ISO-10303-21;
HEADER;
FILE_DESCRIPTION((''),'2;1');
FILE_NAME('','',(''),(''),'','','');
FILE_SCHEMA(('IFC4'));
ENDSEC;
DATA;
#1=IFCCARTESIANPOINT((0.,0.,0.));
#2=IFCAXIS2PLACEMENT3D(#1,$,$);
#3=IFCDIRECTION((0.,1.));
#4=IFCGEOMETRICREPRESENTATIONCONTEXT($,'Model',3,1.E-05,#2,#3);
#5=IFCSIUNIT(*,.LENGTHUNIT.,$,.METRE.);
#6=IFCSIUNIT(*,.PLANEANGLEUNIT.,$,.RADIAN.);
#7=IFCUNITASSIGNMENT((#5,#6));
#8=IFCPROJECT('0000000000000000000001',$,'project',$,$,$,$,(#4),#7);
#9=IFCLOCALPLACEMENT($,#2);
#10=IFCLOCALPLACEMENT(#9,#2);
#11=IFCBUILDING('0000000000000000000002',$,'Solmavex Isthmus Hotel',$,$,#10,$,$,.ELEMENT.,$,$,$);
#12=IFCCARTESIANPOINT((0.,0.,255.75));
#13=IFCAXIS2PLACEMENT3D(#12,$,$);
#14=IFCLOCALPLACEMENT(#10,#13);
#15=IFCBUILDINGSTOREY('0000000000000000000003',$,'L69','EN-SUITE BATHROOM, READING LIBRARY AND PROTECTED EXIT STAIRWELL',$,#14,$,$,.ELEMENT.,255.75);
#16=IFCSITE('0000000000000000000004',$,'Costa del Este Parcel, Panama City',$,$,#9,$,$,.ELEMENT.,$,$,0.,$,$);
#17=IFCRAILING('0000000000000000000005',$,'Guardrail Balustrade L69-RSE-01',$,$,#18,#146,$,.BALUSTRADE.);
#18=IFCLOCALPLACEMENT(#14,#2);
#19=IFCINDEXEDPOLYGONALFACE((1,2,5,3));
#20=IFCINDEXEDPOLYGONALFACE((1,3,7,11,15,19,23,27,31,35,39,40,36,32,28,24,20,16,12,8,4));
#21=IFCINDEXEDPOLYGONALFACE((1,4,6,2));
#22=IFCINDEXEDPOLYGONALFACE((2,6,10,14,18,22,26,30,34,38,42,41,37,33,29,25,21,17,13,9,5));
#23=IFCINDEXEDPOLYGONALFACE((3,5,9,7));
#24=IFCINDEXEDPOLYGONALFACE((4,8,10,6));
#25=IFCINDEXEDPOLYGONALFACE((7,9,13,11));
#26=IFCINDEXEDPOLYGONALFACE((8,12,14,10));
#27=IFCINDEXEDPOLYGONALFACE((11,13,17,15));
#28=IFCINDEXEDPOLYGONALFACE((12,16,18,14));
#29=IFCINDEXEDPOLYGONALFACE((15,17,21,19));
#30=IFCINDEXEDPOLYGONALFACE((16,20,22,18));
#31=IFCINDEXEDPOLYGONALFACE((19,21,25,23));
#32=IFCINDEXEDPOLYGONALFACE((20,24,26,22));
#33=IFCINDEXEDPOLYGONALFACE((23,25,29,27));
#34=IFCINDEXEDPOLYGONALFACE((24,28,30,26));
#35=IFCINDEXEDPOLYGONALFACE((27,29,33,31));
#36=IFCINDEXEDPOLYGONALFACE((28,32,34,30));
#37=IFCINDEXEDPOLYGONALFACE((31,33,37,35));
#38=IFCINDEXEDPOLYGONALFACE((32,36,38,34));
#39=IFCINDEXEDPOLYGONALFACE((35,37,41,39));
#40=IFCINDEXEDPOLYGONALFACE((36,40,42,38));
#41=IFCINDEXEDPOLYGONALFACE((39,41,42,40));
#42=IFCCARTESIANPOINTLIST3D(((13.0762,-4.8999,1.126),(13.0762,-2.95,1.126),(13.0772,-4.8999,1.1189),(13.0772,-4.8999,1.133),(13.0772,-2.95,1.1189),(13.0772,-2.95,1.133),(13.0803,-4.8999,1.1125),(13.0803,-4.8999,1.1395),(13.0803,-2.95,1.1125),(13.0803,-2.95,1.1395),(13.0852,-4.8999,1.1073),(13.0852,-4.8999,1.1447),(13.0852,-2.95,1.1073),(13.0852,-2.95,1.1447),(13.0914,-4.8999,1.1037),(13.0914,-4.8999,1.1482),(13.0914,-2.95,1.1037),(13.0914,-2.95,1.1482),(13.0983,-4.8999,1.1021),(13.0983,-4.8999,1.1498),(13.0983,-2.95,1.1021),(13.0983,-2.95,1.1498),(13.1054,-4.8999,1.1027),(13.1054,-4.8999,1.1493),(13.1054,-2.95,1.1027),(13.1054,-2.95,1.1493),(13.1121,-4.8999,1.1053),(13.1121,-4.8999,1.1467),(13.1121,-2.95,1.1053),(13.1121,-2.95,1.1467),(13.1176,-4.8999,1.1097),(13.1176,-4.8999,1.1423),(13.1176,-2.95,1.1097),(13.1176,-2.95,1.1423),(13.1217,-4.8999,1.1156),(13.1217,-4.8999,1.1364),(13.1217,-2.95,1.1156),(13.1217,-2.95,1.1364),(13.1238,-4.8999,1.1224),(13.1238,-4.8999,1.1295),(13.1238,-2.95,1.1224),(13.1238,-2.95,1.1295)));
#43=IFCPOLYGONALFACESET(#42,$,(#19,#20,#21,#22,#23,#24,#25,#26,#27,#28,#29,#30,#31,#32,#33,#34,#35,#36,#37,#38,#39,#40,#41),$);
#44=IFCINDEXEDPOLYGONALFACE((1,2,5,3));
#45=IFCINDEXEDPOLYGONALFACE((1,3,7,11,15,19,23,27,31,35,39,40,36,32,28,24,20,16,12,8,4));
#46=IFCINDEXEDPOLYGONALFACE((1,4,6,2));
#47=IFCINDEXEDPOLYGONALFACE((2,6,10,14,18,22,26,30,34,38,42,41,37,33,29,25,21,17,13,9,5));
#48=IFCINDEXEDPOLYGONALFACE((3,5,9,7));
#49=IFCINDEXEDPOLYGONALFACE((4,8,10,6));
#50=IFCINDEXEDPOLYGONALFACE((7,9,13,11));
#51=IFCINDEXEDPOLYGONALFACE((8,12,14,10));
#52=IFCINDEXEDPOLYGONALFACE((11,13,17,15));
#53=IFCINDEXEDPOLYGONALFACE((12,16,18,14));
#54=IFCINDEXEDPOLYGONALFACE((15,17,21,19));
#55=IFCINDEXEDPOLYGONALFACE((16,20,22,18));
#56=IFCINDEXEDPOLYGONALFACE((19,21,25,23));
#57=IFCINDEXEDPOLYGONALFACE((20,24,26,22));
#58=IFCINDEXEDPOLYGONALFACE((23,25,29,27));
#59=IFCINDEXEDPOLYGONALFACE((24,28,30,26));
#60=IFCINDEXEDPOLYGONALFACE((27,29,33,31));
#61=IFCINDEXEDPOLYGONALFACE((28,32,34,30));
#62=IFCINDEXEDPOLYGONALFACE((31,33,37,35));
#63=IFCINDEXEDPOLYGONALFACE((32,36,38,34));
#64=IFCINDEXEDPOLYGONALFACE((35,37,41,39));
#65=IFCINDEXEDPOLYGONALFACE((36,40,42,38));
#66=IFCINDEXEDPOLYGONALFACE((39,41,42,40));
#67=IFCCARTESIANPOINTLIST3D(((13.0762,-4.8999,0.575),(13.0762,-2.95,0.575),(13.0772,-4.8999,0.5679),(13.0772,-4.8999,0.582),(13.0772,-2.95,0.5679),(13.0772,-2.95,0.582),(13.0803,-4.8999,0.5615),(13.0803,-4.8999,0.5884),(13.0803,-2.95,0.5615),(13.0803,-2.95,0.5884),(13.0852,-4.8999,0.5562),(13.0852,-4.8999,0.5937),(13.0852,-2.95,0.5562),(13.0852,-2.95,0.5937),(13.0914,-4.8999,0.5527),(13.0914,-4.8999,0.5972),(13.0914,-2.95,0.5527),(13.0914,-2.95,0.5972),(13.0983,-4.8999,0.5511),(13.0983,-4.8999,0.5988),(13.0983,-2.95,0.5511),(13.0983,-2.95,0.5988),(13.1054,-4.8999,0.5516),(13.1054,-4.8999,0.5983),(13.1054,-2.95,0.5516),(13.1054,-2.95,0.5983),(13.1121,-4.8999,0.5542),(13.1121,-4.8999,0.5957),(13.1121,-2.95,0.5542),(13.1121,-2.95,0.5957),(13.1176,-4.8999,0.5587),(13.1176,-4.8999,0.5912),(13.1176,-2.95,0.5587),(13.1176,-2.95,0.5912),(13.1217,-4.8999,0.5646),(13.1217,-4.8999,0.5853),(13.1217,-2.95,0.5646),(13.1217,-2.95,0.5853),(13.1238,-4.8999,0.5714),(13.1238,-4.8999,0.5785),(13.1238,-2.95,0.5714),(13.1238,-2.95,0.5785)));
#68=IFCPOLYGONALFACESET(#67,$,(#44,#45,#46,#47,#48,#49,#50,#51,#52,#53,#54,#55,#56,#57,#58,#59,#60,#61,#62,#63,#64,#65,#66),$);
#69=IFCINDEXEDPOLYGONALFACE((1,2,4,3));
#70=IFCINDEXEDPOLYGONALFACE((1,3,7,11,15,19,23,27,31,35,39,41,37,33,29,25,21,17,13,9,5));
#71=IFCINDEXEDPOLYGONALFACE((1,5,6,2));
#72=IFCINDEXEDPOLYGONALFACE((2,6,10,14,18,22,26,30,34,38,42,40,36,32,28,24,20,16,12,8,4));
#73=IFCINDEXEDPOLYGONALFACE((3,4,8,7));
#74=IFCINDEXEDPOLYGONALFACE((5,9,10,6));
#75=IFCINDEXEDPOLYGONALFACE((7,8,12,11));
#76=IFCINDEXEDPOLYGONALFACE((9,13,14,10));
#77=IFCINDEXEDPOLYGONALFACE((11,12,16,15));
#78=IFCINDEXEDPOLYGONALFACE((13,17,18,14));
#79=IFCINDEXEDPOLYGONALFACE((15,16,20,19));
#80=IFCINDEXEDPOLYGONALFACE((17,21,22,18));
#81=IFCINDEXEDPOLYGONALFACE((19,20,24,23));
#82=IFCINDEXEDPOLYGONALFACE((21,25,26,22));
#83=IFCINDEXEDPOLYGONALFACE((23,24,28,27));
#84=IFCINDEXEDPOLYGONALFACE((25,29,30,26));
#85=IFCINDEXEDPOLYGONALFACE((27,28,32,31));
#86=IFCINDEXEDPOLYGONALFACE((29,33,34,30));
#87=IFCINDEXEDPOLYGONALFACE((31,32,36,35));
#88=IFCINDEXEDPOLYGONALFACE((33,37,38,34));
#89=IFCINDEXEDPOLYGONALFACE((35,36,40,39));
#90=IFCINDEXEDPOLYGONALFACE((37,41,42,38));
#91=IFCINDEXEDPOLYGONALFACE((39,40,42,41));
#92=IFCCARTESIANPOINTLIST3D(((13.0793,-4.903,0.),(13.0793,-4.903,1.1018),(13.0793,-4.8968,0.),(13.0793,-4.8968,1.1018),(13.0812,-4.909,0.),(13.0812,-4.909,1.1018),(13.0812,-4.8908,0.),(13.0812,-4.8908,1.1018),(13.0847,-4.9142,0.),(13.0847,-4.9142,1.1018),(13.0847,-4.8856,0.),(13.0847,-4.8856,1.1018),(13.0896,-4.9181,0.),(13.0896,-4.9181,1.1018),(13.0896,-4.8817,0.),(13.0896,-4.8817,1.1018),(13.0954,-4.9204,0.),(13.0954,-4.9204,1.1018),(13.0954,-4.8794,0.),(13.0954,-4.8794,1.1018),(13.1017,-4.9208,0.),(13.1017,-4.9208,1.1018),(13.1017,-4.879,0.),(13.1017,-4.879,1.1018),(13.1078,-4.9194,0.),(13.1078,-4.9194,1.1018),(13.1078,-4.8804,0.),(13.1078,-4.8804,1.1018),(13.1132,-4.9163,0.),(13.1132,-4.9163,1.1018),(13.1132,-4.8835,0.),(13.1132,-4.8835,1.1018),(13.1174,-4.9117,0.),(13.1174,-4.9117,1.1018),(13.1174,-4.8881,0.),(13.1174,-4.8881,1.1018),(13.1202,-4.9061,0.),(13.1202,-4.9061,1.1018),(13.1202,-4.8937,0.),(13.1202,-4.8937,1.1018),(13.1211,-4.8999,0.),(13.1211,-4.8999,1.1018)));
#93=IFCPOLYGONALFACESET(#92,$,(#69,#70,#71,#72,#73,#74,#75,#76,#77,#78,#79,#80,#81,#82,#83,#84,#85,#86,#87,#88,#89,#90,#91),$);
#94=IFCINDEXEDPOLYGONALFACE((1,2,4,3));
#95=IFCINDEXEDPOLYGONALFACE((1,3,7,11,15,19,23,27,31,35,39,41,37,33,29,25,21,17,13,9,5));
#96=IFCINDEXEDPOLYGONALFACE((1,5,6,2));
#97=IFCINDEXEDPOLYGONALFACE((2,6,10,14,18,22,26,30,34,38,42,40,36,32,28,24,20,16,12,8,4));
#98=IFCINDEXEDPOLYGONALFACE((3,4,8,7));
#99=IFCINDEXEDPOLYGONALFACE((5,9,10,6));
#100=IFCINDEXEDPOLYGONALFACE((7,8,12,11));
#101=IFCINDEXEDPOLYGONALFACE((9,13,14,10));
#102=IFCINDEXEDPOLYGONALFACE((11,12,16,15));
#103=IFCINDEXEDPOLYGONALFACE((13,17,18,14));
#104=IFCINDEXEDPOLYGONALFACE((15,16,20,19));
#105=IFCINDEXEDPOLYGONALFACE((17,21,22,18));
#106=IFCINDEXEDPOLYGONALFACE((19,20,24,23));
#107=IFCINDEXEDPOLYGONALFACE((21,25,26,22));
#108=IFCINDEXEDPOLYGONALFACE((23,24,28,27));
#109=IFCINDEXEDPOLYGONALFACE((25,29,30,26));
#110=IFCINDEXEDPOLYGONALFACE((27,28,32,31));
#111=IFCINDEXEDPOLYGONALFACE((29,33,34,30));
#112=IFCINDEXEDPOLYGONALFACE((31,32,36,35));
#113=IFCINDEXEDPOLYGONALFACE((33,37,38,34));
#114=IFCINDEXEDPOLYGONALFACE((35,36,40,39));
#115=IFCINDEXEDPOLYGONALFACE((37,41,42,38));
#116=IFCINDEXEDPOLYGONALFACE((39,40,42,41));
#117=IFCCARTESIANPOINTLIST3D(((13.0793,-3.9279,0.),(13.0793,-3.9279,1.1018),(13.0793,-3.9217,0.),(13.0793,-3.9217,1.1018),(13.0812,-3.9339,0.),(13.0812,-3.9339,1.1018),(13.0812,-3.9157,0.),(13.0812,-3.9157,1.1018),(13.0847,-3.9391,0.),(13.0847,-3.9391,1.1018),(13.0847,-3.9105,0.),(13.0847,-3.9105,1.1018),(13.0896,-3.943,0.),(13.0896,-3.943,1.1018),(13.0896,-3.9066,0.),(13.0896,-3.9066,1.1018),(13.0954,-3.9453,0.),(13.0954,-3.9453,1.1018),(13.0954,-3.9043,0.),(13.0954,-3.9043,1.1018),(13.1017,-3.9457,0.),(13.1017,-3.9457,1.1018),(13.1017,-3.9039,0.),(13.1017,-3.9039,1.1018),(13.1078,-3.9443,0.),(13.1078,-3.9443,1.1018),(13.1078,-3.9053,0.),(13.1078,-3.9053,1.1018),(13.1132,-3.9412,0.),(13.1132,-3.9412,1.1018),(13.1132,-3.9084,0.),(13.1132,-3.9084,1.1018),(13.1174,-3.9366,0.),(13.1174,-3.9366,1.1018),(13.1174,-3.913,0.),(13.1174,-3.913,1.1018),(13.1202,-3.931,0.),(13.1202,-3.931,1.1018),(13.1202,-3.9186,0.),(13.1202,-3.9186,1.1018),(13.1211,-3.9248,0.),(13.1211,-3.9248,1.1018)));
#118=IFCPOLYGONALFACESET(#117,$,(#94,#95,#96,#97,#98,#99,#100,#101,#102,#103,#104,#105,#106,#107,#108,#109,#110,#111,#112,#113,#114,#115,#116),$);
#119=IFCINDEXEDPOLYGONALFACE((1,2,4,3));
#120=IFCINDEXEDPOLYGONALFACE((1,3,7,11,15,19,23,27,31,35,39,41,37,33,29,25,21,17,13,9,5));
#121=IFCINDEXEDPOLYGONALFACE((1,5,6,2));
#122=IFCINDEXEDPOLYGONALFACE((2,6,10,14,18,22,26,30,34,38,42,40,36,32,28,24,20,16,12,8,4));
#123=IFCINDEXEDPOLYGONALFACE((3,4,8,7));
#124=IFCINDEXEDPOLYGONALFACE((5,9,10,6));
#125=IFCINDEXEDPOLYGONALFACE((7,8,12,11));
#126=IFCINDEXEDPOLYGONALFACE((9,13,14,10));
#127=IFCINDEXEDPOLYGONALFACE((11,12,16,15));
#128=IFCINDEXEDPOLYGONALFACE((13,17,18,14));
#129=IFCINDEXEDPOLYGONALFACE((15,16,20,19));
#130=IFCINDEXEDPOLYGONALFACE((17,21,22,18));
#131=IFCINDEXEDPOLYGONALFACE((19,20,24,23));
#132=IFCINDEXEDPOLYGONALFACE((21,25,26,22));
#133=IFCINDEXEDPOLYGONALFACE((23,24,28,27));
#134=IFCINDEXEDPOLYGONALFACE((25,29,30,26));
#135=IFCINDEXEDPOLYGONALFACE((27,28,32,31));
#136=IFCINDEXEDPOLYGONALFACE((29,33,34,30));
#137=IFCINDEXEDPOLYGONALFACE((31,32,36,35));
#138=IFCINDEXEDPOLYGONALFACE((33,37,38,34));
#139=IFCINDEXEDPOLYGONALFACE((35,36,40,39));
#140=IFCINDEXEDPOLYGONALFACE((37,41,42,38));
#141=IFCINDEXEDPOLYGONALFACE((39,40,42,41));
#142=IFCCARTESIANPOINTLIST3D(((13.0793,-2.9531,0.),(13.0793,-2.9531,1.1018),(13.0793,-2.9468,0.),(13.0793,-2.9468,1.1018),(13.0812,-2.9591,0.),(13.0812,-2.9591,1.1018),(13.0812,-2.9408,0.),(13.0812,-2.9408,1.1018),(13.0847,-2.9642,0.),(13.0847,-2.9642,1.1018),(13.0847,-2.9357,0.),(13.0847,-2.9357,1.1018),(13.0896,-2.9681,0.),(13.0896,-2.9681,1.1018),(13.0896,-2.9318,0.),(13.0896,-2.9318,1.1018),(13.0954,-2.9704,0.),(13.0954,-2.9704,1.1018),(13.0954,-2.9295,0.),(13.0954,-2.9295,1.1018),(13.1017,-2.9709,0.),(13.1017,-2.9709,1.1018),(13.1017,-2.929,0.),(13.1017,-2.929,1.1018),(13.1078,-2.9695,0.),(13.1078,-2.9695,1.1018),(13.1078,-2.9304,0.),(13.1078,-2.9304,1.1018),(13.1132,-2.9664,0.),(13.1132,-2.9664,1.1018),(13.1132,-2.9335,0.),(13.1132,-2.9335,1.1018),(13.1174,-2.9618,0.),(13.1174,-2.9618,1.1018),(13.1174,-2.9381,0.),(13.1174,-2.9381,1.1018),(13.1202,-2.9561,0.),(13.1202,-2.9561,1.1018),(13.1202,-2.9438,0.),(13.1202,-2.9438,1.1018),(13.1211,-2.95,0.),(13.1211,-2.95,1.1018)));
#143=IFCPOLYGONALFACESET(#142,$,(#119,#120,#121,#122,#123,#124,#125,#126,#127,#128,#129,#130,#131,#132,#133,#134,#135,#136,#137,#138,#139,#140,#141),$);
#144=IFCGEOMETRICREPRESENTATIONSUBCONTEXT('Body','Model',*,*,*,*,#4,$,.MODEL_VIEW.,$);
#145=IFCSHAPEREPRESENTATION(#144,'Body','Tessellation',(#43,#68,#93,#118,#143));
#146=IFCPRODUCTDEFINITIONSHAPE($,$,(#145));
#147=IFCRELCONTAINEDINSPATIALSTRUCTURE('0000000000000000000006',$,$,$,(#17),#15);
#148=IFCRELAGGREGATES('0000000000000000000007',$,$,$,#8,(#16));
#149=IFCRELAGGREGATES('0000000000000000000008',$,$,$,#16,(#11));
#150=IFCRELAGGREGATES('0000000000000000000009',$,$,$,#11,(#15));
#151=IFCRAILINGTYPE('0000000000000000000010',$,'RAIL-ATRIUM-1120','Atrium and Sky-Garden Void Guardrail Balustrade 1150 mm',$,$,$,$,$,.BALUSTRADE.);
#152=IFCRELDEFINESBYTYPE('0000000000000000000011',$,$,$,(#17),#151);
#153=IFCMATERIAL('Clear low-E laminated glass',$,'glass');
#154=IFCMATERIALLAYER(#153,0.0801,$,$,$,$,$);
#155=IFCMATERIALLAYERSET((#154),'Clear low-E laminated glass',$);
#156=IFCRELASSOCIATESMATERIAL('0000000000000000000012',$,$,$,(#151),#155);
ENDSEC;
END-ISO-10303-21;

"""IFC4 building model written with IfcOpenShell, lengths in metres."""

from ifc_helpers import new_model, si_unit, direction, frame, origin, origin_2d, place, context, subcontext, project, spatial, circle, extrude, material, layer, layer_set, type_object, element, save


model = new_model("IFC4")

# Units and contexts
model_context = context("Model", 3, precision=1e-05, world=origin(), true_north=direction((0.0, 1.0)))
body_context = subcontext(model_context, "Body", "Model", "MODEL_VIEW")
ifc_project = project(units=[si_unit("LENGTHUNIT", "METRE"), si_unit("PLANEANGLEUNIT", "RADIAN")], contexts=[model_context])

# Site, building, storey
site_placement = place(None, origin())
site = spatial("IfcSite", under=ifc_project, at=site_placement, Name="Costa del Este Parcel, Panama City", CompositionType="ELEMENT", RefElevation=0.0)
building_placement = place(site_placement, origin())
building = spatial("IfcBuilding", under=site, at=building_placement, Name="Solmavex Isthmus Hotel", CompositionType="ELEMENT")
storey_placement = place(building_placement, frame((0.0, 0.0, 255.75)))
storey = spatial("IfcBuildingStorey", under=building, at=storey_placement, Name="L69", Description="EN-SUITE BATHROOM, READING LIBRARY AND PROTECTED EXIT STAIRWELL", CompositionType="ELEMENT", Elevation=255.75)

# Railing
ifc_material_1 = material(Name="Clear low-E laminated glass", Category="glass")
ifc_layer_1 = layer(ifc_material_1, 0.0801)
ifc_layer_set_1 = layer_set([ifc_layer_1], Name="Clear low-E laminated glass")
railing_type_1 = type_object("IfcRailingType", Name="RAIL-ATRIUM-1120", Description="Atrium and Sky-Garden Void Guardrail Balustrade 1150 mm", PredefinedType="BALUSTRADE", material=ifc_layer_set_1)
railing_1_placement = place(storey_placement, frame((13.1001, -4.8999, 0.0)))
element("IfcRailing", 1, at=railing_1_placement, inside=storey, type_object=railing_type_1, Name="Guardrail Balustrade L69-RSE-01", PredefinedType="BALUSTRADE", context=body_context, shape_type="SweptSolid", body=[
    extrude(circle(Radius=0.0239, at=origin_2d()), frame((0.0, 0.0, 1.126), z_axis=(0.0, 1.0, 0.0), x_axis=(-1.0, 0.0, 0.0)), (0.0, 0.0, 1.0), 1.95),
    extrude(circle(Radius=0.0239, at=origin_2d()), frame((0.0, 0.0, 0.575), z_axis=(0.0, 1.0, 0.0), x_axis=(-1.0, 0.0, 0.0)), (0.0, 0.0, 1.0), 1.95),
    extrude(circle(Radius=0.021, at=origin_2d()), origin(), (0.0, 0.0, 1.0), 1.1018),
    extrude(circle(Radius=0.021, at=origin_2d()), frame((0.0, 0.9751, 0.0)), (0.0, 0.0, 1.0), 1.1018),
    extrude(circle(Radius=0.021, at=origin_2d()), frame((0.0, 1.95, 0.0)), (0.0, 0.0, 1.0), 1.1018),
])

save(model, "model.ifc")
